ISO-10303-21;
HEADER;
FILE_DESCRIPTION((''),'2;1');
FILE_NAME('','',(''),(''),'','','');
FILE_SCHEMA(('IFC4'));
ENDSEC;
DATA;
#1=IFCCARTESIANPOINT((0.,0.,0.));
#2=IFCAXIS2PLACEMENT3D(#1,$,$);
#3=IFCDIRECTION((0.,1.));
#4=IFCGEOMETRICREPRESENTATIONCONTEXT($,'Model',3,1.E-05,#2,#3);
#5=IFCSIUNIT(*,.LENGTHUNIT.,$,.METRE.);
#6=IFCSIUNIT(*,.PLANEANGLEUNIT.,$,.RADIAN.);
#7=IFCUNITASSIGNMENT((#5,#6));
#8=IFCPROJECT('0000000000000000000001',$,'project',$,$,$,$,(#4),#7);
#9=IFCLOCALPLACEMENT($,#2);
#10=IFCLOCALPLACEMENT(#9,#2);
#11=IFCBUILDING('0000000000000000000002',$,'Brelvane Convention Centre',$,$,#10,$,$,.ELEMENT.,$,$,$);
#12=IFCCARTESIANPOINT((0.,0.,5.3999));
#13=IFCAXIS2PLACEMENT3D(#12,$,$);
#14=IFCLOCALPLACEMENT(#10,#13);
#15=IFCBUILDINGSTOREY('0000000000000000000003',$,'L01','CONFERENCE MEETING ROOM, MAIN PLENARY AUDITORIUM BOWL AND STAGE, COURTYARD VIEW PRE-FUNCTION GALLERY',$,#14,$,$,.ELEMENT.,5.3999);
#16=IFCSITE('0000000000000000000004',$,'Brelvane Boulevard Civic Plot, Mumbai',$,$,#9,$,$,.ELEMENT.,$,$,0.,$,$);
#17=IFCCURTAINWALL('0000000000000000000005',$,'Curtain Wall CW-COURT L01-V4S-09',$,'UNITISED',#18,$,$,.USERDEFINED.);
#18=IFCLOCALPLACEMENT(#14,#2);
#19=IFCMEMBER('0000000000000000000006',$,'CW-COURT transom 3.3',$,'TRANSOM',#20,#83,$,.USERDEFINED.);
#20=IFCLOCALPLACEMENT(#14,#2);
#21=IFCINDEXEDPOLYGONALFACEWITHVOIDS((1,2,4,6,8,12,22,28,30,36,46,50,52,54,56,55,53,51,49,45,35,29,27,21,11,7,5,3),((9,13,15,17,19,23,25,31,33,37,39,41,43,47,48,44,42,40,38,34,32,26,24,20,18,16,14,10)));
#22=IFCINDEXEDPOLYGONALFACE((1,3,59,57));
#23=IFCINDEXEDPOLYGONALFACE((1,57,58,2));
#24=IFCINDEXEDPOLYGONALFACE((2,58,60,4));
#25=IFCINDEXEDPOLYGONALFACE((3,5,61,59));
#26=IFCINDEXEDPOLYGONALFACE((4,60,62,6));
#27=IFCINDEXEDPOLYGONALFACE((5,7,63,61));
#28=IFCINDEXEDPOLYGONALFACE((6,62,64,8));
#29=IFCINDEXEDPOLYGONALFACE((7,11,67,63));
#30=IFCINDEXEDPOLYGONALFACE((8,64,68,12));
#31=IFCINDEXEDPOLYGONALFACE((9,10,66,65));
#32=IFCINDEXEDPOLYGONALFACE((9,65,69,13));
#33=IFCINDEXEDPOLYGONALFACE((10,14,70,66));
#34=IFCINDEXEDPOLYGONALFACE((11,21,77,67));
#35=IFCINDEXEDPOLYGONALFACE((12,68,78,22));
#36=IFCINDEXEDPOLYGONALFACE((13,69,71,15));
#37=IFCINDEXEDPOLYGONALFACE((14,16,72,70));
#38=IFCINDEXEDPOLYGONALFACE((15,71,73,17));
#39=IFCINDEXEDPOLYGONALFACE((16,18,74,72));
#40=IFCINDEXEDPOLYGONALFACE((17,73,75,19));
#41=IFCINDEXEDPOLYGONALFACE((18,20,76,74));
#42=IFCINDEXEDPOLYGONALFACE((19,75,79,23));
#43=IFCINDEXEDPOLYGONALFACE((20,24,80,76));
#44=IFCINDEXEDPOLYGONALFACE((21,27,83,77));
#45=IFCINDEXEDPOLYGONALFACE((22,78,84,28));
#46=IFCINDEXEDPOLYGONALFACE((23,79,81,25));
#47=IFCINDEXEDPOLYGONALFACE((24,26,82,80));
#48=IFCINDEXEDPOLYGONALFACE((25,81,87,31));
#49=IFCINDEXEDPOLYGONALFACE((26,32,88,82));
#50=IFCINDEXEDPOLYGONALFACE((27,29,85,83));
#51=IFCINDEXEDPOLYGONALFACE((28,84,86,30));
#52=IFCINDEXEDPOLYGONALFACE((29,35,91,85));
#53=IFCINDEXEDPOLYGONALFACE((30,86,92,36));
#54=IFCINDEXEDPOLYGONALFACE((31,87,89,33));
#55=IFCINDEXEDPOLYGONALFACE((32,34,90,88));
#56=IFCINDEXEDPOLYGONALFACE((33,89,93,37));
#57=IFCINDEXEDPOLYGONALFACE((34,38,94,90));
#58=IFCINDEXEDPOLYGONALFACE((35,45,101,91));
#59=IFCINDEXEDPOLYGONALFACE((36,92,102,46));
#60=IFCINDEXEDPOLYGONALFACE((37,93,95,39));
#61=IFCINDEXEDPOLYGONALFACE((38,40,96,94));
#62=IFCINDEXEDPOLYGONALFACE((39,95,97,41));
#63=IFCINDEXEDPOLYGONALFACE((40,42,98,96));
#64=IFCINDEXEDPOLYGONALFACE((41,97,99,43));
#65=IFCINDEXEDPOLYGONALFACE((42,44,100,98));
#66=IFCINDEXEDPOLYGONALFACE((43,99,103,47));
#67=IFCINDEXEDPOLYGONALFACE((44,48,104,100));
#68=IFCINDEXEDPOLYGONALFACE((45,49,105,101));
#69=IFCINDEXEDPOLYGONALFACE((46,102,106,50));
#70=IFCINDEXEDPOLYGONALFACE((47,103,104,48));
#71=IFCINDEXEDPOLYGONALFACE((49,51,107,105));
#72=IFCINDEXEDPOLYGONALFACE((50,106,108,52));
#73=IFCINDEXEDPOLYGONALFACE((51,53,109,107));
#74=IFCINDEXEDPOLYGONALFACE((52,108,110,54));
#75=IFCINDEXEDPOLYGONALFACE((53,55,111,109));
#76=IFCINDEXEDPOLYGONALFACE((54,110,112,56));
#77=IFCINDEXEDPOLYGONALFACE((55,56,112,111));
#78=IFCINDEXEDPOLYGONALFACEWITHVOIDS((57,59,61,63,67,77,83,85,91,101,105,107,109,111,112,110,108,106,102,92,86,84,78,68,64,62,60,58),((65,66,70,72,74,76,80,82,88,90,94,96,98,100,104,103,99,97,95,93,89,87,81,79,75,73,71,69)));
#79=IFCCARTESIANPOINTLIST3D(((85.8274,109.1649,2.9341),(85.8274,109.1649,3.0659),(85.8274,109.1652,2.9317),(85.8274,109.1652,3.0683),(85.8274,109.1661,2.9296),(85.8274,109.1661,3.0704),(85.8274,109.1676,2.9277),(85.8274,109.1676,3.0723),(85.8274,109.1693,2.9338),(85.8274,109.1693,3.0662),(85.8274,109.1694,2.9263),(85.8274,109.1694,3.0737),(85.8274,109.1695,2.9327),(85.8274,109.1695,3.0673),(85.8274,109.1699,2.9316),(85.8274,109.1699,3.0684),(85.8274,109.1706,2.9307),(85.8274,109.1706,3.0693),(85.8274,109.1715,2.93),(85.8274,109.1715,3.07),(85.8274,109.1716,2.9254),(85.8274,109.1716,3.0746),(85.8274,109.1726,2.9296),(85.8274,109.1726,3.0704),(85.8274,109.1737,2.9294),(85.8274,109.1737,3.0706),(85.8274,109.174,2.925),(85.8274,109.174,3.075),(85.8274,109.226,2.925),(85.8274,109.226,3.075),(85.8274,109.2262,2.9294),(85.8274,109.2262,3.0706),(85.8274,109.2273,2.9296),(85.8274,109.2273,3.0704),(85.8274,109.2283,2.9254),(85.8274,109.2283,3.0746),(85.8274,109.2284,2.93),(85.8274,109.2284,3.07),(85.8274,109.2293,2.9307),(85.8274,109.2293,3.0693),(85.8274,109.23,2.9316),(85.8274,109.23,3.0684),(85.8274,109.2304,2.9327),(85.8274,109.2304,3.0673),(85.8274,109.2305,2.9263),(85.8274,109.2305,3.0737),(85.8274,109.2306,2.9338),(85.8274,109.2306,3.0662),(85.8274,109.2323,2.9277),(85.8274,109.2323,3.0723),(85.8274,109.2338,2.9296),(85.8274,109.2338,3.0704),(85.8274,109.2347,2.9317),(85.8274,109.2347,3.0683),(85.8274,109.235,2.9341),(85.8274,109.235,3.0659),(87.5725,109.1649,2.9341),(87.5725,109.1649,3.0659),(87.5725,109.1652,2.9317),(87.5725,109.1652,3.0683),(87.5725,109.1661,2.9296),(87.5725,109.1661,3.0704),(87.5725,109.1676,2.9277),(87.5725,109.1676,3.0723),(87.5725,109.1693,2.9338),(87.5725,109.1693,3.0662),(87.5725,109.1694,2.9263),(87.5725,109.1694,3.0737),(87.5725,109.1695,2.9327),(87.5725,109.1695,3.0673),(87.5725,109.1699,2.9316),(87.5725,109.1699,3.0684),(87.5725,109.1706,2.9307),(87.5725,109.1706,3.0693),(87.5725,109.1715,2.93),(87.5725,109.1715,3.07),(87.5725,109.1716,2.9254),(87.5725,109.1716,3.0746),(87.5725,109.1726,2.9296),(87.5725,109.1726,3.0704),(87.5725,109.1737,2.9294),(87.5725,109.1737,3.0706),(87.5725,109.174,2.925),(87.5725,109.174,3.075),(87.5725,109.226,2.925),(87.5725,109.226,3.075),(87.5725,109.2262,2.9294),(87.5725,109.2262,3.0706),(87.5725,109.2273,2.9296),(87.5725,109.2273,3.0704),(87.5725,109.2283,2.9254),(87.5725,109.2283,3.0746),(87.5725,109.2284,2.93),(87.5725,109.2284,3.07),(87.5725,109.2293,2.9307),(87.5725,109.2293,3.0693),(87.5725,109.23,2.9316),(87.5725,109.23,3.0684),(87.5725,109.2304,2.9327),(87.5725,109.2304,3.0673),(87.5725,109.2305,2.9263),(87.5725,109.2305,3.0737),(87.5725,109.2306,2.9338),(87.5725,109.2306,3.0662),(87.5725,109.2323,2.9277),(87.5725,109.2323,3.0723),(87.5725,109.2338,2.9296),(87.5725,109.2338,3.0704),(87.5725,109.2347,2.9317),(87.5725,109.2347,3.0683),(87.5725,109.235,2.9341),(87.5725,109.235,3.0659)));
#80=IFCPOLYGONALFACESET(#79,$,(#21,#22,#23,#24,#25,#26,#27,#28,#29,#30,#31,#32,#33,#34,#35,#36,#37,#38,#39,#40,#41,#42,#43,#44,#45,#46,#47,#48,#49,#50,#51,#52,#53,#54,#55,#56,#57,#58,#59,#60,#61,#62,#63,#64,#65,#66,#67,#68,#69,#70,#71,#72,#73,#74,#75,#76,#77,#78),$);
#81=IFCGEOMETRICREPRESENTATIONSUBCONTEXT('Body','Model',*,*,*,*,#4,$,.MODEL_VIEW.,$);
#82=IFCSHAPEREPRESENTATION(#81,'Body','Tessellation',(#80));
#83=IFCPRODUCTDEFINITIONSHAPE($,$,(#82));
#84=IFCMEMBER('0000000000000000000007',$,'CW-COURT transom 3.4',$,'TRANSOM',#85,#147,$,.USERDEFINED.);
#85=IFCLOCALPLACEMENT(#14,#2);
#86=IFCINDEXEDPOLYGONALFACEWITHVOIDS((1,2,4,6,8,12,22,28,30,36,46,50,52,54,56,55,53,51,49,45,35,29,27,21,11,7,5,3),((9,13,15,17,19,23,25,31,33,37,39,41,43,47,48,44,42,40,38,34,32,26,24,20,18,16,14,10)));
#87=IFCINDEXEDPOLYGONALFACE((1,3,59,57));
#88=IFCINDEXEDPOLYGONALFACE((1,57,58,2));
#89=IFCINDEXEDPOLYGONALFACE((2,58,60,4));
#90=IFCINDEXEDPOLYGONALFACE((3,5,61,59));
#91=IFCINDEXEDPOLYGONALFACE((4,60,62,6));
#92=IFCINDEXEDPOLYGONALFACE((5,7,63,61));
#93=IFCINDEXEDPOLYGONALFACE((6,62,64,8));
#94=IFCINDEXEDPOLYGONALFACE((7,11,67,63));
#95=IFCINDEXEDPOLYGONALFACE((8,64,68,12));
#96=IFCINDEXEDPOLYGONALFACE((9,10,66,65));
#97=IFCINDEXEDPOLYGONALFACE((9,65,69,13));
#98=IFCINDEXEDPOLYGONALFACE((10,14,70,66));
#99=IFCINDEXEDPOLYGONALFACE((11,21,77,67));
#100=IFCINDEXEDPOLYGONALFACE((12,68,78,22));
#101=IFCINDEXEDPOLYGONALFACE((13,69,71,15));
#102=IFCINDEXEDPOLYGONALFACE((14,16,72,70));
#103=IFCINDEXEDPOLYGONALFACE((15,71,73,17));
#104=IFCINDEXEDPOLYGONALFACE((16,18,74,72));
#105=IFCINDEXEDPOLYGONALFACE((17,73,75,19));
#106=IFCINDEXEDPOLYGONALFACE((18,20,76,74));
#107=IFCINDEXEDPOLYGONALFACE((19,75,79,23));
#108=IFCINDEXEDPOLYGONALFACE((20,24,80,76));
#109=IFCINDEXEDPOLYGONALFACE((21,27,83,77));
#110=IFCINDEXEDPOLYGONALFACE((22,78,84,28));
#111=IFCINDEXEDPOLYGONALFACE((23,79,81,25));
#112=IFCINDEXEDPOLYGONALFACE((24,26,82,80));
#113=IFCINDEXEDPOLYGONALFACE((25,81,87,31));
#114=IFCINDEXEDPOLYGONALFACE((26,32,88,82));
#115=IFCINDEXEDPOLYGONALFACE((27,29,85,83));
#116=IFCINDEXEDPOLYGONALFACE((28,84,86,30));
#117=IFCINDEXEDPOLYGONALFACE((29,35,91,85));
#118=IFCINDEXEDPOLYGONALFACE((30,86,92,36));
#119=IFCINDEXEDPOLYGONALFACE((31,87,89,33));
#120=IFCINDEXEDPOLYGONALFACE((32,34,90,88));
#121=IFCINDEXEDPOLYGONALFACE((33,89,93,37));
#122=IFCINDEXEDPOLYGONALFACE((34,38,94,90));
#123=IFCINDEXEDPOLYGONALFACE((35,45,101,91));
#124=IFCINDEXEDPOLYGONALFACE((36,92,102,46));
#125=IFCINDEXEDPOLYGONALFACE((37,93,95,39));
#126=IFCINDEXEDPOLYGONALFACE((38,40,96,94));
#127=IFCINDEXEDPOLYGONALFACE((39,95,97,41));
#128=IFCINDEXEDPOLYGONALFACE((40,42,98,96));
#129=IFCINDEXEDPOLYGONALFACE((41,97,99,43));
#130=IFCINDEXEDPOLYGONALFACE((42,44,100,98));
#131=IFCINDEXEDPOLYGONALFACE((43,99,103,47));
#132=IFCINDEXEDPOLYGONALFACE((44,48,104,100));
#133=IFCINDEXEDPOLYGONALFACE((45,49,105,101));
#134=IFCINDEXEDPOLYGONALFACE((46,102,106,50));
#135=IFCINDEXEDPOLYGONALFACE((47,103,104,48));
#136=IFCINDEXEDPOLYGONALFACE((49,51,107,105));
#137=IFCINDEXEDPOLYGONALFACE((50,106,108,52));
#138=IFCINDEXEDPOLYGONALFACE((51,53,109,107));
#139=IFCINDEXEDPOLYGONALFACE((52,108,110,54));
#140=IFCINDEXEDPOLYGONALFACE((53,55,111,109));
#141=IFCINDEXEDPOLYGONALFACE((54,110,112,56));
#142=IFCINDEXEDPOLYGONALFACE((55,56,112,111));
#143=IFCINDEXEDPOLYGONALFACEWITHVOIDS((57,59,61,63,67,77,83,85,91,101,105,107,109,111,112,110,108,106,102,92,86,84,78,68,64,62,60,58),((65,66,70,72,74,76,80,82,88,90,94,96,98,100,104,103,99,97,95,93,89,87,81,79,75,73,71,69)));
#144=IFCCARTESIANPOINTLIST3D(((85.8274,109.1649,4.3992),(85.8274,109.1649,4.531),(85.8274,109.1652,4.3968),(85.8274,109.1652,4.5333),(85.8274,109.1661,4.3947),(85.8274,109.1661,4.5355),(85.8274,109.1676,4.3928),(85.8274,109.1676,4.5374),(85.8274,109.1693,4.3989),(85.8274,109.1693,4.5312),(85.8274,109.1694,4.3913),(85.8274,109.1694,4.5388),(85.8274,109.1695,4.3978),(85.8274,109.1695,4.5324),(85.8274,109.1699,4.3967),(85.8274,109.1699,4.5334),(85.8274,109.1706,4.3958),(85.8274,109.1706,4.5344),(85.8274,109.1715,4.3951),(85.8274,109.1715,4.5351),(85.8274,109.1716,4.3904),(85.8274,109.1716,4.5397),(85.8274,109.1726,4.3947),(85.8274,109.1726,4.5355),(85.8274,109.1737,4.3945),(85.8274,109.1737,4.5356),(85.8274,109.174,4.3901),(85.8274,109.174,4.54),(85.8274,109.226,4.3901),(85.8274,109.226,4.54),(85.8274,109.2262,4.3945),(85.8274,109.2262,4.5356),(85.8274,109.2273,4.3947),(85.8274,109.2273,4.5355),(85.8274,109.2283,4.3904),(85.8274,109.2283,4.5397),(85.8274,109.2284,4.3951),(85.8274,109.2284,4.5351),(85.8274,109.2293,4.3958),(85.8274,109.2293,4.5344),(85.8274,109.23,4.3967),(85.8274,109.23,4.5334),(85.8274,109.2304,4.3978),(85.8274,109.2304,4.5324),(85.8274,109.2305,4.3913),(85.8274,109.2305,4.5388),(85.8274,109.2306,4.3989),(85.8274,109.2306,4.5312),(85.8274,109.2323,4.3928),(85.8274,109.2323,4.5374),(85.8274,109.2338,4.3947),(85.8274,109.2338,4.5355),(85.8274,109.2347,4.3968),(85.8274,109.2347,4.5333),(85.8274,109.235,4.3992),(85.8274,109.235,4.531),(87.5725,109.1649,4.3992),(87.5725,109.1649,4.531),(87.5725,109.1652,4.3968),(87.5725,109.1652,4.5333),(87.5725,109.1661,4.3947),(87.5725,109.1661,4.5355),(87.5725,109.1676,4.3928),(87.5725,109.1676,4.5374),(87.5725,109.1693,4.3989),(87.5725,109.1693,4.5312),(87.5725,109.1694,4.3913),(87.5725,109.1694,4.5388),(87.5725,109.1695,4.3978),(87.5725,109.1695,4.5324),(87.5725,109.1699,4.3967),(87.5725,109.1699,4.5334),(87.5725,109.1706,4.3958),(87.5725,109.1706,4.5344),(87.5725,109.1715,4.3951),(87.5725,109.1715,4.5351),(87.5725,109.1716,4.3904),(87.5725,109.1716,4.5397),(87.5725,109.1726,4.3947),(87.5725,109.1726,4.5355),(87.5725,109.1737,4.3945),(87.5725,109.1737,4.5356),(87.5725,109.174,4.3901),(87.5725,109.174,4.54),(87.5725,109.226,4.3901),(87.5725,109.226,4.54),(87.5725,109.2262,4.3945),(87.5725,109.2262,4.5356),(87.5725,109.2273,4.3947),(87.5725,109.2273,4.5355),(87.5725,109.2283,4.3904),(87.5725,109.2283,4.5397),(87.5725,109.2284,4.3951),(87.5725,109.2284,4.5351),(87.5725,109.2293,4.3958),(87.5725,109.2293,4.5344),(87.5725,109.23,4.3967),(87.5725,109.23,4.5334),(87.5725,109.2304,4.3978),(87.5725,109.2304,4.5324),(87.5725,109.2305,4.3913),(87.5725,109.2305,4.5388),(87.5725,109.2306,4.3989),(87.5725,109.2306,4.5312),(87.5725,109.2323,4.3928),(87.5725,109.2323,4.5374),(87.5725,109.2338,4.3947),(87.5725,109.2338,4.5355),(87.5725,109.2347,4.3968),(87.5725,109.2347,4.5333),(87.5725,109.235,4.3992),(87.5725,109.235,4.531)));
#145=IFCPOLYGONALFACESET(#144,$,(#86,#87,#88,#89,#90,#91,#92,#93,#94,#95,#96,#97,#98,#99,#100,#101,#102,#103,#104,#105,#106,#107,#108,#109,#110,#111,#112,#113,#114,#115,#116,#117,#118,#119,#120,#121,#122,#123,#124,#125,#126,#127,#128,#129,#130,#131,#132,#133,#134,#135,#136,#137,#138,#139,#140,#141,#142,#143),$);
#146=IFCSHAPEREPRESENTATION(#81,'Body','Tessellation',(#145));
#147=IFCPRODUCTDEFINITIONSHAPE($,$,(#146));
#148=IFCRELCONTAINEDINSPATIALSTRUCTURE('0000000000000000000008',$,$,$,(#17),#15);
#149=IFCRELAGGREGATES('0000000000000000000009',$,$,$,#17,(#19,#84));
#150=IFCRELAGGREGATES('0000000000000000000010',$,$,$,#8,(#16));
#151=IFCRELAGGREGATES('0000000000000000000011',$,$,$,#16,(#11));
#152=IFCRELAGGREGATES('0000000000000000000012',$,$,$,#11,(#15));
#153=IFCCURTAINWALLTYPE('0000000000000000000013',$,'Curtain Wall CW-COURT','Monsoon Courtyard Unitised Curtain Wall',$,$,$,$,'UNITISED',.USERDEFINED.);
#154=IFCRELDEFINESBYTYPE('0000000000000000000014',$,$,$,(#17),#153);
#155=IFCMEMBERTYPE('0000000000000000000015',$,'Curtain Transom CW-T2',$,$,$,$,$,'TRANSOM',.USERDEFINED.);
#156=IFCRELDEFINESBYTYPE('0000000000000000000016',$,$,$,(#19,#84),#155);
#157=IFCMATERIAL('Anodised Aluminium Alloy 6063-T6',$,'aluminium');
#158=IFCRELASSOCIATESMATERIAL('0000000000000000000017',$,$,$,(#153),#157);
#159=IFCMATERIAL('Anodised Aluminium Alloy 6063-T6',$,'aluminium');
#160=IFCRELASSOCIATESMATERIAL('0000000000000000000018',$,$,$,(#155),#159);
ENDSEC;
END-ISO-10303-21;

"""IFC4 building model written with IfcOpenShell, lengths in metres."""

from ifc_helpers import new_model, si_unit, direction, frame, origin, origin_2d, place, context, subcontext, project, spatial, hollow_rectangle, extrude, material, material_profile, profile_set, type_object, element, aggregate, save


model = new_model("IFC4")

# Units and contexts
model_context = context("Model", 3, precision=1e-05, world=origin(), true_north=direction((0.0, 1.0)))
body_context = subcontext(model_context, "Body", "Model", "MODEL_VIEW")
ifc_project = project(units=[si_unit("LENGTHUNIT", "METRE"), si_unit("PLANEANGLEUNIT", "RADIAN")], contexts=[model_context])

# Site, building, storey
site_placement = place(None, origin())
site = spatial("IfcSite", under=ifc_project, at=site_placement, Name="Brelvane Boulevard Civic Plot, Mumbai", CompositionType="ELEMENT", RefElevation=0.0)
building_placement = place(site_placement, origin())
building = spatial("IfcBuilding", under=site, at=building_placement, Name="Brelvane Convention Centre", CompositionType="ELEMENT")
storey_placement = place(building_placement, frame((0.0, 0.0, 5.3999)))
storey = spatial("IfcBuildingStorey", under=building, at=storey_placement, Name="L01", Description="CONFERENCE MEETING ROOM, MAIN PLENARY AUDITORIUM BOWL AND STAGE, COURTYARD VIEW PRE-FUNCTION GALLERY", CompositionType="ELEMENT", Elevation=5.3999)

# Curtain wall, members
ifc_material_1 = material(Name="Anodised Aluminium Alloy 6063-T6", Category="aluminium")
curtain_wall_type = type_object("IfcCurtainWallType", Name="Curtain Wall CW-COURT", Description="Monsoon Courtyard Unitised Curtain Wall", ElementType="UNITISED", PredefinedType="USERDEFINED", material=ifc_material_1)
curtain_wall_placement = place(storey_placement, origin())
curtain_wall = element("IfcCurtainWall", 1, at=curtain_wall_placement, inside=storey, type_object=curtain_wall_type, Name="Curtain Wall CW-COURT L01-V4S-09", ObjectType="UNITISED", PredefinedType="USERDEFINED")
ifc_material_2 = material(Name="Anodised Aluminium Alloy 6063-T6", Category="aluminium")
ifc_material_profile_1 = material_profile(ifc_material_2, hollow_rectangle(XDim=0.0701, YDim=0.1499, WallThickness=0.0044, InnerFilletRadius=0.0044, OuterFilletRadius=0.009, at=origin_2d()), Name="ALU-T 150x70x4.5")
ifc_profile_set_1 = profile_set([ifc_material_profile_1], Name="Anodised Aluminium Alloy 6063-T6")
member_type_1 = type_object("IfcMemberType", Name="Curtain Transom CW-T2", ElementType="TRANSOM", PredefinedType="USERDEFINED", material=ifc_profile_set_1)
member_1_placement = place(storey_placement, frame((85.8274, 109.2, 3.0), z_axis=(1.0, 0.0, 0.0), x_axis=(0.0, 1.0, 0.0)))
member_1 = element("IfcMember", 2, at=member_1_placement, type_object=member_type_1, Name="CW-COURT transom 3.3", ObjectType="TRANSOM", PredefinedType="USERDEFINED", context=body_context, shape_type="SweptSolid", body=[
    extrude(hollow_rectangle(XDim=0.0701, YDim=0.1499, WallThickness=0.0044, InnerFilletRadius=0.0044, OuterFilletRadius=0.009, at=origin_2d()), origin(), (0.0, 0.0, 1.0), 1.7451),
])
member_2_placement = place(storey_placement, frame((85.8274, 109.2, 4.4651), z_axis=(1.0, 0.0, 0.0), x_axis=(0.0, 1.0, 0.0)))
member_2 = element("IfcMember", 3, at=member_2_placement, type_object=member_type_1, Name="CW-COURT transom 3.4", ObjectType="TRANSOM", PredefinedType="USERDEFINED", context=body_context, shape_type="SweptSolid", body=[
    extrude(hollow_rectangle(XDim=0.0701, YDim=0.1499, WallThickness=0.0044, InnerFilletRadius=0.0044, OuterFilletRadius=0.009, at=origin_2d()), origin(), (0.0, 0.0, 1.0), 1.7451),
])

aggregate(curtain_wall, [member_1, member_2])

save(model, "model.ifc")
